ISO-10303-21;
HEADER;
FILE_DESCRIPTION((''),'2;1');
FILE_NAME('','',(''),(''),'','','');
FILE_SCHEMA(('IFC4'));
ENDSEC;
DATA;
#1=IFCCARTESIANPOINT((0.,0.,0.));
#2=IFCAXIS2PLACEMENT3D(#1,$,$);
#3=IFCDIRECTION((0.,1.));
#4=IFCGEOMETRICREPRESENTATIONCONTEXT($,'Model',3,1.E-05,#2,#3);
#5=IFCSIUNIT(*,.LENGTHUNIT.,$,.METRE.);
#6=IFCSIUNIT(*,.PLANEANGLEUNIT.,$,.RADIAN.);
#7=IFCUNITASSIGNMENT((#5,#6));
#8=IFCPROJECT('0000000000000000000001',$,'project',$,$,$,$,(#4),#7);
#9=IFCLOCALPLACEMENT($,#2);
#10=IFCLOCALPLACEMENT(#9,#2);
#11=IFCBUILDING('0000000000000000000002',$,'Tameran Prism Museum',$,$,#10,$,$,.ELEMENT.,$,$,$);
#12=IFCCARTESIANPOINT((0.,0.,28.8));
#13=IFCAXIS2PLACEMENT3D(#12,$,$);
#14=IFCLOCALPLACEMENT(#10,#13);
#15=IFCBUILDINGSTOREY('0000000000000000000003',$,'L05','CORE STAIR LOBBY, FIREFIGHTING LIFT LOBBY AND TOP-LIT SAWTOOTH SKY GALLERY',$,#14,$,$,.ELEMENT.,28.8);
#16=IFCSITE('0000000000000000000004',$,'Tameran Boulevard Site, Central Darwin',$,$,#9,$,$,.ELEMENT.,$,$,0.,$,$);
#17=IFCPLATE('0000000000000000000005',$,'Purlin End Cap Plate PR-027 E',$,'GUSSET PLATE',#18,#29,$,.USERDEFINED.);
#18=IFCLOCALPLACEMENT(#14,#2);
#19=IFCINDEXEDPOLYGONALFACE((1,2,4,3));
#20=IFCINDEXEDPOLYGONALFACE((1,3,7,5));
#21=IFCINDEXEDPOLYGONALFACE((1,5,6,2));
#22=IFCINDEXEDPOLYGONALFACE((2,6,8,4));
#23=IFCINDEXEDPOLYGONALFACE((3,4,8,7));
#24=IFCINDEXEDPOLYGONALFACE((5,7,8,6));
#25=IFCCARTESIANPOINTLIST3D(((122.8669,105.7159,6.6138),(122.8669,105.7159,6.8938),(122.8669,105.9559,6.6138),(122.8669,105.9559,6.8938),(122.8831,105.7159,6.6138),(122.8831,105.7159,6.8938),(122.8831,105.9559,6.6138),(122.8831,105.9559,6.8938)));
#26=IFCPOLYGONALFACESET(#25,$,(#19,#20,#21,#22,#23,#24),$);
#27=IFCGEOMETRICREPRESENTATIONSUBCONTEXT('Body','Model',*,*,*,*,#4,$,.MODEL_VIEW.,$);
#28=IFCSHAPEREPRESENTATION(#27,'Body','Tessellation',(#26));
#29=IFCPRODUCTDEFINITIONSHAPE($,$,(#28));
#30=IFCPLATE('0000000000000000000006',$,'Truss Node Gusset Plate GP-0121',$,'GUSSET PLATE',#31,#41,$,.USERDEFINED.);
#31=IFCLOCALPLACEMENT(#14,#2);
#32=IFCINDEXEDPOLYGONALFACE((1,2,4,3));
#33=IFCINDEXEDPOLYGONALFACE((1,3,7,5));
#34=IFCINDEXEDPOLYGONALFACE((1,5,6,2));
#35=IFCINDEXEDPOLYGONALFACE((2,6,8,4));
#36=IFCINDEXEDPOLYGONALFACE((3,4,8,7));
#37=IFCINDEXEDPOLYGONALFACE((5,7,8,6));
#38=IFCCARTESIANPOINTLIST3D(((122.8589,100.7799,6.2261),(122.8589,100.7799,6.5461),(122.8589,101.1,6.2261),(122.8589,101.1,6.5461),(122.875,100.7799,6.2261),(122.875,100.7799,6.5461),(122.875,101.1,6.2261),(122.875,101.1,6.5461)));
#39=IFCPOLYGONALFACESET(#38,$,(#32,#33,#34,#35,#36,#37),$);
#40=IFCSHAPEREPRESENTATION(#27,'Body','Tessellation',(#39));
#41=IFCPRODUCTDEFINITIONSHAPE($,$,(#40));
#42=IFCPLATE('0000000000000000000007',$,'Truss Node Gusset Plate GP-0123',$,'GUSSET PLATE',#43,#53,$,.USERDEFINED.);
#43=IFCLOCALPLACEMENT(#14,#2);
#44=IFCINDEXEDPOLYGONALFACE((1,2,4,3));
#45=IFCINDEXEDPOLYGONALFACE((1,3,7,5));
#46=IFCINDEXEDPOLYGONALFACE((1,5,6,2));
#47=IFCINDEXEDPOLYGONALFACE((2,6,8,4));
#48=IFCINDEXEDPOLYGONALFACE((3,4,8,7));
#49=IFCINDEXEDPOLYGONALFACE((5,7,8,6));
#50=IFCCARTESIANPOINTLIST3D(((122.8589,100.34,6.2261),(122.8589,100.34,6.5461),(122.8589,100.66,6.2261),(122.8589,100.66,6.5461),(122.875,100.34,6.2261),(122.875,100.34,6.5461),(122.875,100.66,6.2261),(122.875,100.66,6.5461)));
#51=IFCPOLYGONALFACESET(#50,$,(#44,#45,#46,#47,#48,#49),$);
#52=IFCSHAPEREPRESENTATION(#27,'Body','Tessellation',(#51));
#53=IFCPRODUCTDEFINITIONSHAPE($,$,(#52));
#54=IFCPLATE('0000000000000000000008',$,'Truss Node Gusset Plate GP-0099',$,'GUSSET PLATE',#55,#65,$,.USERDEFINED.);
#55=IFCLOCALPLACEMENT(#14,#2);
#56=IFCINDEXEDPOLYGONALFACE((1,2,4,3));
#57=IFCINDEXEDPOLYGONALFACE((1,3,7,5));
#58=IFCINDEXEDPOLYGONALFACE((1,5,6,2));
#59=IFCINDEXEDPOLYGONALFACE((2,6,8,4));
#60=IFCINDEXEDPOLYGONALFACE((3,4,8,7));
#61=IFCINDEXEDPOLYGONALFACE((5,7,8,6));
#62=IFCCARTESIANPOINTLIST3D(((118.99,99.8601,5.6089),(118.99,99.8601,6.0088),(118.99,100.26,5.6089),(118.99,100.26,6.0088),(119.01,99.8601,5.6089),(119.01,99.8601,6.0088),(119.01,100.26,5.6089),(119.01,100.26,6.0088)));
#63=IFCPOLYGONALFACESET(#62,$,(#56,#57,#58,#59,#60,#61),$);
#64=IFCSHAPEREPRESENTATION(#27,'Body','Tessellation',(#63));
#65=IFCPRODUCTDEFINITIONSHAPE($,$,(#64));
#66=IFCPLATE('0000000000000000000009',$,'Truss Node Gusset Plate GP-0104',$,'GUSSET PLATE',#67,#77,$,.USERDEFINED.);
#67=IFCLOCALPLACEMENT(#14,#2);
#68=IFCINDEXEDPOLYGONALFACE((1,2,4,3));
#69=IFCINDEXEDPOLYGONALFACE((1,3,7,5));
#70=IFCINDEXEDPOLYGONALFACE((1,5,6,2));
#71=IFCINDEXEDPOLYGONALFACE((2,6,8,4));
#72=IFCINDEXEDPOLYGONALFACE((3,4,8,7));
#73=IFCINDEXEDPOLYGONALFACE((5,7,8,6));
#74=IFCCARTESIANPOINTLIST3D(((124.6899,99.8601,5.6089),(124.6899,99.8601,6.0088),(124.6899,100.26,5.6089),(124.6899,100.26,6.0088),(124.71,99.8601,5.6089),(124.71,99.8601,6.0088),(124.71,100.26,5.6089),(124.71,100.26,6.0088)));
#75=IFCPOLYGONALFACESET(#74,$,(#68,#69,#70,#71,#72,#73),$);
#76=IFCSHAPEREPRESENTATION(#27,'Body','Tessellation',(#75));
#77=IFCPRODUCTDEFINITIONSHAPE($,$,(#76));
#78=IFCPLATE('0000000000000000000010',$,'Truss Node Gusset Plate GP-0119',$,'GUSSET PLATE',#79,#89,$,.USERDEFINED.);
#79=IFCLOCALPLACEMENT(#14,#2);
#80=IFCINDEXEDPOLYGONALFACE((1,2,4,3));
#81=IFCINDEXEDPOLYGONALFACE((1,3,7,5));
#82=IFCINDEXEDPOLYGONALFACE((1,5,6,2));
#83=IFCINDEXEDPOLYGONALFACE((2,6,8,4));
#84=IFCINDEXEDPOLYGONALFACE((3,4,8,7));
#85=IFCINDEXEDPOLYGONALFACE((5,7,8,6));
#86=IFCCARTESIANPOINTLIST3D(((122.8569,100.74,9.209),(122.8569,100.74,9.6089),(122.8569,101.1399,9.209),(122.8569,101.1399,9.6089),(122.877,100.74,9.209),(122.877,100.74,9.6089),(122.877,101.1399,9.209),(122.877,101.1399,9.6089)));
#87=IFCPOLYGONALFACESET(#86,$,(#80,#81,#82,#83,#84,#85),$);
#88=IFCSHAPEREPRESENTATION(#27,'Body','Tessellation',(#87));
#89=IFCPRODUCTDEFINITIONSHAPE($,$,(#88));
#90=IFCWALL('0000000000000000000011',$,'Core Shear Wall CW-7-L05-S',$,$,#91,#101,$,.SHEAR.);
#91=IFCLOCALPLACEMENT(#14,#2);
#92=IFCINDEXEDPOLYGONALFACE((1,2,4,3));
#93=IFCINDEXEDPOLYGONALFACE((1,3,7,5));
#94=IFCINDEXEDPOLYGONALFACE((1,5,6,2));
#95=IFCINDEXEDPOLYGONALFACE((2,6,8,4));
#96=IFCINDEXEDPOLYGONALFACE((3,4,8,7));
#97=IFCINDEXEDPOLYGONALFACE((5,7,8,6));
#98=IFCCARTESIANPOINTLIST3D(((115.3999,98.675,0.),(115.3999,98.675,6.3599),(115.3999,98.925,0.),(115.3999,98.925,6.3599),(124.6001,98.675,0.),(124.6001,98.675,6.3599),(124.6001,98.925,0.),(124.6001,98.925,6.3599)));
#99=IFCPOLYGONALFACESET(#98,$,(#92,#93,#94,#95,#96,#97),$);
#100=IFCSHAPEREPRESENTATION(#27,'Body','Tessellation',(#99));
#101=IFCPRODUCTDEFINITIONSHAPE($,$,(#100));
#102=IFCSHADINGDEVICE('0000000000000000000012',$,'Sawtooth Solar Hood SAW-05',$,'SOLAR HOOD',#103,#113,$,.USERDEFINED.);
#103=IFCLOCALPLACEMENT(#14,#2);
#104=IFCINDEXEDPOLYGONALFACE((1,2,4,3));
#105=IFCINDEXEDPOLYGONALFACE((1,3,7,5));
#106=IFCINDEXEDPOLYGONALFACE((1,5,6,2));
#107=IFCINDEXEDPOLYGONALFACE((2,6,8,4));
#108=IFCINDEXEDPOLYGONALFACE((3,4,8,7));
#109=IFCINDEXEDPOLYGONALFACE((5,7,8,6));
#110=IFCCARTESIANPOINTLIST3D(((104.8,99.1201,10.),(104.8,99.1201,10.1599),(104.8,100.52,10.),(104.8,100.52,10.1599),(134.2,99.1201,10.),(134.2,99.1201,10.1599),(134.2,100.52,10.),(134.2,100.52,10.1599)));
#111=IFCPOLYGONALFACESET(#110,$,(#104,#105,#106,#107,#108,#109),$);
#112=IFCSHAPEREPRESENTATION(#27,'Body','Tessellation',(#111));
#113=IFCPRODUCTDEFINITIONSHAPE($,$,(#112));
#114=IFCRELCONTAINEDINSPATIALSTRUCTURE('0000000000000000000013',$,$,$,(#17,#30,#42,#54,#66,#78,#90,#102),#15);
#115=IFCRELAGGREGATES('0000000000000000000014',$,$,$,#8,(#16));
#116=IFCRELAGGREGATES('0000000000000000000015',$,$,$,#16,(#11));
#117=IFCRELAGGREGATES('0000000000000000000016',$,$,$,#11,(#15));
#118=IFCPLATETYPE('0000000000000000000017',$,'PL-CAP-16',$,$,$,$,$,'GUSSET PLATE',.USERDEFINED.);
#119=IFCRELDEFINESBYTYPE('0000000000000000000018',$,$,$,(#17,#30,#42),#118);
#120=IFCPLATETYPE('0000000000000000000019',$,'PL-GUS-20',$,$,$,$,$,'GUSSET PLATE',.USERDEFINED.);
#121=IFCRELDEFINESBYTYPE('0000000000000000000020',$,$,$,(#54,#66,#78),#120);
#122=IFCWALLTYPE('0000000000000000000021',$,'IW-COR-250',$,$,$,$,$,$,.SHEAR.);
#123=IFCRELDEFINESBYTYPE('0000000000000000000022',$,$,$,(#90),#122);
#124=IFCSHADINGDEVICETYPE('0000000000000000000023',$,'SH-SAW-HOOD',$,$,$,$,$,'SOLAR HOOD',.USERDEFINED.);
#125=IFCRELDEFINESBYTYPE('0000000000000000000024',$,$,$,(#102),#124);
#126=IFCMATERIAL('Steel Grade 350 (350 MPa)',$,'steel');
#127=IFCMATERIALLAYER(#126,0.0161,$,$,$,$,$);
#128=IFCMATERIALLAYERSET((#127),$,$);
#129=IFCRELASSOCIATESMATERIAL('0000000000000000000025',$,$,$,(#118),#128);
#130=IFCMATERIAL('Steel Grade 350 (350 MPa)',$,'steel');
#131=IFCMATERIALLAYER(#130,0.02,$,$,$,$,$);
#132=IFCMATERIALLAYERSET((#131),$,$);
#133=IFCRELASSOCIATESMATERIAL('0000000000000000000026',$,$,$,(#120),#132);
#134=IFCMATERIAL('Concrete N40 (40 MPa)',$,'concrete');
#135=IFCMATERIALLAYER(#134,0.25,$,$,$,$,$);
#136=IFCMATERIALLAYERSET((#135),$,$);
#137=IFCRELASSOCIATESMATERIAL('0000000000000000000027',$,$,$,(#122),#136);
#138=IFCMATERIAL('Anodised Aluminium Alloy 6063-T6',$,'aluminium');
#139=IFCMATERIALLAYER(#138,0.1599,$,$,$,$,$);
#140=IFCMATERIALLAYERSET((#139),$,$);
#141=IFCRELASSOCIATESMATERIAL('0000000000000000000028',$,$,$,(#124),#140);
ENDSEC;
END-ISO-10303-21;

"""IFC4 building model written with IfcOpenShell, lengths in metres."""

from ifc_helpers import new_model, si_unit, direction, frame, frame_2d, origin, origin_2d, place, context, subcontext, project, spatial, rectangle, extrude, material, layer, layer_set, type_object, element, save


model = new_model("IFC4")

# Units and contexts
model_context = context("Model", 3, precision=1e-05, world=origin(), true_north=direction((0.0, 1.0)))
body_context = subcontext(model_context, "Body", "Model", "MODEL_VIEW")
ifc_project = project(units=[si_unit("LENGTHUNIT", "METRE"), si_unit("PLANEANGLEUNIT", "RADIAN")], contexts=[model_context])

# Site, building, storey
site_placement = place(None, origin())
site = spatial("IfcSite", under=ifc_project, at=site_placement, Name="Tameran Boulevard Site, Central Darwin", CompositionType="ELEMENT", RefElevation=0.0)
building_placement = place(site_placement, origin())
building = spatial("IfcBuilding", under=site, at=building_placement, Name="Tameran Prism Museum", CompositionType="ELEMENT")
storey_placement = place(building_placement, frame((0.0, 0.0, 28.8)))
storey = spatial("IfcBuildingStorey", under=building, at=storey_placement, Name="L05", Description="CORE STAIR LOBBY, FIREFIGHTING LIFT LOBBY AND TOP-LIT SAWTOOTH SKY GALLERY", CompositionType="ELEMENT", Elevation=28.8)

# Plates
ifc_material_1 = material(Name="Steel Grade 350 (350 MPa)", Category="steel")
ifc_layer_1 = layer(ifc_material_1, 0.0161)
ifc_layer_set_1 = layer_set([ifc_layer_1])
plate_type_1 = type_object("IfcPlateType", Name="PL-CAP-16", ElementType="GUSSET PLATE", PredefinedType="USERDEFINED", material=ifc_layer_set_1)
for number, where, z_axis, x_axis, name in (
    (1, (122.875, 105.8359, 6.6138), (0.0, 0.0, 1.0), (1.0, 0.0, 0.0), "Purlin End Cap Plate PR-027 E"),
):
    element("IfcPlate", number, at=place(storey_placement, frame(where, z_axis=z_axis, x_axis=x_axis)), inside=storey, type_object=plate_type_1, Name=name, ObjectType="GUSSET PLATE", PredefinedType="USERDEFINED", context=body_context, shape_type="SweptSolid", body=[
        extrude(rectangle(XDim=0.0161, YDim=0.24, at=origin_2d()), origin(), (0.0, 0.0, 1.0), 0.28),
    ])
for number, where, z_axis, x_axis, name in (
    (2, (122.8669, 100.9399, 6.2261), (0.0, 0.0, 1.0), (1.0, 0.0, 0.0), "Truss Node Gusset Plate GP-0121"),
    (3, (122.8669, 100.5, 6.2261), (0.0, 0.0, 1.0), (1.0, 0.0, 0.0), "Truss Node Gusset Plate GP-0123"),
):
    element("IfcPlate", number, at=place(storey_placement, frame(where, z_axis=z_axis, x_axis=x_axis)), inside=storey, type_object=plate_type_1, Name=name, ObjectType="GUSSET PLATE", PredefinedType="USERDEFINED", context=body_context, shape_type="SweptSolid", body=[
        extrude(rectangle(XDim=0.0161, YDim=0.3201, at=origin_2d()), origin(), (0.0, 0.0, 1.0), 0.3201),
    ])
ifc_material_2 = material(Name="Steel Grade 350 (350 MPa)", Category="steel")
ifc_layer_2 = layer(ifc_material_2, 0.02)
ifc_layer_set_2 = layer_set([ifc_layer_2])
plate_type_2 = type_object("IfcPlateType", Name="PL-GUS-20", ElementType="GUSSET PLATE", PredefinedType="USERDEFINED", material=ifc_layer_set_2)
for number, where, z_axis, x_axis, name in (
    (4, (119.0, 100.0601, 5.6089), (0.0, 0.0, 1.0), (1.0, 0.0, 0.0), "Truss Node Gusset Plate GP-0099"),
    (5, (124.7, 100.0601, 5.6089), (0.0, 0.0, 1.0), (1.0, 0.0, 0.0), "Truss Node Gusset Plate GP-0104"),
    (6, (122.8669, 100.9399, 9.209), (0.0, 0.0, 1.0), (1.0, 0.0, 0.0), "Truss Node Gusset Plate GP-0119"),
):
    element("IfcPlate", number, at=place(storey_placement, frame(where, z_axis=z_axis, x_axis=x_axis)), inside=storey, type_object=plate_type_2, Name=name, ObjectType="GUSSET PLATE", PredefinedType="USERDEFINED", context=body_context, shape_type="SweptSolid", body=[
        extrude(rectangle(XDim=0.02, YDim=0.3999, at=origin_2d()), origin(), (0.0, 0.0, 1.0), 0.3999),
    ])

# Wall
ifc_material_3 = material(Name="Concrete N40 (40 MPa)", Category="concrete")
ifc_layer_3 = layer(ifc_material_3, 0.25)
ifc_layer_set_3 = layer_set([ifc_layer_3])
wall_type = type_object("IfcWallType", Name="IW-COR-250", PredefinedType="SHEAR", material=ifc_layer_set_3)
wall_placement = place(storey_placement, frame((124.6001, 98.8, 0.0), z_axis=(0.0, 0.0, 1.0), x_axis=(-1.0, 0.0, 0.0)))
element("IfcWall", 7, at=wall_placement, inside=storey, type_object=wall_type, Name="Core Shear Wall CW-7-L05-S", PredefinedType="SHEAR", context=body_context, shape_type="SweptSolid", body=[
    extrude(rectangle(XDim=9.2002, YDim=0.25, at=frame_2d((4.6001, 0.0))), origin(), (0.0, 0.0, 1.0), 6.3599),
])

# Shading device
ifc_material_4 = material(Name="Anodised Aluminium Alloy 6063-T6", Category="aluminium")
ifc_layer_4 = layer(ifc_material_4, 0.1599)
ifc_layer_set_4 = layer_set([ifc_layer_4])
shading_device_type = type_object("IfcShadingDeviceType", Name="SH-SAW-HOOD", ElementType="SOLAR HOOD", PredefinedType="USERDEFINED", material=ifc_layer_set_4)
shading_device_placement = place(storey_placement, frame((119.5, 99.8201, 10.0), z_axis=(0.0, 0.0, 1.0), x_axis=(1.0, 0.0, 0.0)))
element("IfcShadingDevice", 8, at=shading_device_placement, inside=storey, type_object=shading_device_type, Name="Sawtooth Solar Hood SAW-05", ObjectType="SOLAR HOOD", PredefinedType="USERDEFINED", context=body_context, shape_type="SweptSolid", body=[
    extrude(rectangle(XDim=29.3999, YDim=1.3999, at=origin_2d()), origin(), (0.0, 0.0, 1.0), 0.1599),
])

save(model, "model.ifc")
